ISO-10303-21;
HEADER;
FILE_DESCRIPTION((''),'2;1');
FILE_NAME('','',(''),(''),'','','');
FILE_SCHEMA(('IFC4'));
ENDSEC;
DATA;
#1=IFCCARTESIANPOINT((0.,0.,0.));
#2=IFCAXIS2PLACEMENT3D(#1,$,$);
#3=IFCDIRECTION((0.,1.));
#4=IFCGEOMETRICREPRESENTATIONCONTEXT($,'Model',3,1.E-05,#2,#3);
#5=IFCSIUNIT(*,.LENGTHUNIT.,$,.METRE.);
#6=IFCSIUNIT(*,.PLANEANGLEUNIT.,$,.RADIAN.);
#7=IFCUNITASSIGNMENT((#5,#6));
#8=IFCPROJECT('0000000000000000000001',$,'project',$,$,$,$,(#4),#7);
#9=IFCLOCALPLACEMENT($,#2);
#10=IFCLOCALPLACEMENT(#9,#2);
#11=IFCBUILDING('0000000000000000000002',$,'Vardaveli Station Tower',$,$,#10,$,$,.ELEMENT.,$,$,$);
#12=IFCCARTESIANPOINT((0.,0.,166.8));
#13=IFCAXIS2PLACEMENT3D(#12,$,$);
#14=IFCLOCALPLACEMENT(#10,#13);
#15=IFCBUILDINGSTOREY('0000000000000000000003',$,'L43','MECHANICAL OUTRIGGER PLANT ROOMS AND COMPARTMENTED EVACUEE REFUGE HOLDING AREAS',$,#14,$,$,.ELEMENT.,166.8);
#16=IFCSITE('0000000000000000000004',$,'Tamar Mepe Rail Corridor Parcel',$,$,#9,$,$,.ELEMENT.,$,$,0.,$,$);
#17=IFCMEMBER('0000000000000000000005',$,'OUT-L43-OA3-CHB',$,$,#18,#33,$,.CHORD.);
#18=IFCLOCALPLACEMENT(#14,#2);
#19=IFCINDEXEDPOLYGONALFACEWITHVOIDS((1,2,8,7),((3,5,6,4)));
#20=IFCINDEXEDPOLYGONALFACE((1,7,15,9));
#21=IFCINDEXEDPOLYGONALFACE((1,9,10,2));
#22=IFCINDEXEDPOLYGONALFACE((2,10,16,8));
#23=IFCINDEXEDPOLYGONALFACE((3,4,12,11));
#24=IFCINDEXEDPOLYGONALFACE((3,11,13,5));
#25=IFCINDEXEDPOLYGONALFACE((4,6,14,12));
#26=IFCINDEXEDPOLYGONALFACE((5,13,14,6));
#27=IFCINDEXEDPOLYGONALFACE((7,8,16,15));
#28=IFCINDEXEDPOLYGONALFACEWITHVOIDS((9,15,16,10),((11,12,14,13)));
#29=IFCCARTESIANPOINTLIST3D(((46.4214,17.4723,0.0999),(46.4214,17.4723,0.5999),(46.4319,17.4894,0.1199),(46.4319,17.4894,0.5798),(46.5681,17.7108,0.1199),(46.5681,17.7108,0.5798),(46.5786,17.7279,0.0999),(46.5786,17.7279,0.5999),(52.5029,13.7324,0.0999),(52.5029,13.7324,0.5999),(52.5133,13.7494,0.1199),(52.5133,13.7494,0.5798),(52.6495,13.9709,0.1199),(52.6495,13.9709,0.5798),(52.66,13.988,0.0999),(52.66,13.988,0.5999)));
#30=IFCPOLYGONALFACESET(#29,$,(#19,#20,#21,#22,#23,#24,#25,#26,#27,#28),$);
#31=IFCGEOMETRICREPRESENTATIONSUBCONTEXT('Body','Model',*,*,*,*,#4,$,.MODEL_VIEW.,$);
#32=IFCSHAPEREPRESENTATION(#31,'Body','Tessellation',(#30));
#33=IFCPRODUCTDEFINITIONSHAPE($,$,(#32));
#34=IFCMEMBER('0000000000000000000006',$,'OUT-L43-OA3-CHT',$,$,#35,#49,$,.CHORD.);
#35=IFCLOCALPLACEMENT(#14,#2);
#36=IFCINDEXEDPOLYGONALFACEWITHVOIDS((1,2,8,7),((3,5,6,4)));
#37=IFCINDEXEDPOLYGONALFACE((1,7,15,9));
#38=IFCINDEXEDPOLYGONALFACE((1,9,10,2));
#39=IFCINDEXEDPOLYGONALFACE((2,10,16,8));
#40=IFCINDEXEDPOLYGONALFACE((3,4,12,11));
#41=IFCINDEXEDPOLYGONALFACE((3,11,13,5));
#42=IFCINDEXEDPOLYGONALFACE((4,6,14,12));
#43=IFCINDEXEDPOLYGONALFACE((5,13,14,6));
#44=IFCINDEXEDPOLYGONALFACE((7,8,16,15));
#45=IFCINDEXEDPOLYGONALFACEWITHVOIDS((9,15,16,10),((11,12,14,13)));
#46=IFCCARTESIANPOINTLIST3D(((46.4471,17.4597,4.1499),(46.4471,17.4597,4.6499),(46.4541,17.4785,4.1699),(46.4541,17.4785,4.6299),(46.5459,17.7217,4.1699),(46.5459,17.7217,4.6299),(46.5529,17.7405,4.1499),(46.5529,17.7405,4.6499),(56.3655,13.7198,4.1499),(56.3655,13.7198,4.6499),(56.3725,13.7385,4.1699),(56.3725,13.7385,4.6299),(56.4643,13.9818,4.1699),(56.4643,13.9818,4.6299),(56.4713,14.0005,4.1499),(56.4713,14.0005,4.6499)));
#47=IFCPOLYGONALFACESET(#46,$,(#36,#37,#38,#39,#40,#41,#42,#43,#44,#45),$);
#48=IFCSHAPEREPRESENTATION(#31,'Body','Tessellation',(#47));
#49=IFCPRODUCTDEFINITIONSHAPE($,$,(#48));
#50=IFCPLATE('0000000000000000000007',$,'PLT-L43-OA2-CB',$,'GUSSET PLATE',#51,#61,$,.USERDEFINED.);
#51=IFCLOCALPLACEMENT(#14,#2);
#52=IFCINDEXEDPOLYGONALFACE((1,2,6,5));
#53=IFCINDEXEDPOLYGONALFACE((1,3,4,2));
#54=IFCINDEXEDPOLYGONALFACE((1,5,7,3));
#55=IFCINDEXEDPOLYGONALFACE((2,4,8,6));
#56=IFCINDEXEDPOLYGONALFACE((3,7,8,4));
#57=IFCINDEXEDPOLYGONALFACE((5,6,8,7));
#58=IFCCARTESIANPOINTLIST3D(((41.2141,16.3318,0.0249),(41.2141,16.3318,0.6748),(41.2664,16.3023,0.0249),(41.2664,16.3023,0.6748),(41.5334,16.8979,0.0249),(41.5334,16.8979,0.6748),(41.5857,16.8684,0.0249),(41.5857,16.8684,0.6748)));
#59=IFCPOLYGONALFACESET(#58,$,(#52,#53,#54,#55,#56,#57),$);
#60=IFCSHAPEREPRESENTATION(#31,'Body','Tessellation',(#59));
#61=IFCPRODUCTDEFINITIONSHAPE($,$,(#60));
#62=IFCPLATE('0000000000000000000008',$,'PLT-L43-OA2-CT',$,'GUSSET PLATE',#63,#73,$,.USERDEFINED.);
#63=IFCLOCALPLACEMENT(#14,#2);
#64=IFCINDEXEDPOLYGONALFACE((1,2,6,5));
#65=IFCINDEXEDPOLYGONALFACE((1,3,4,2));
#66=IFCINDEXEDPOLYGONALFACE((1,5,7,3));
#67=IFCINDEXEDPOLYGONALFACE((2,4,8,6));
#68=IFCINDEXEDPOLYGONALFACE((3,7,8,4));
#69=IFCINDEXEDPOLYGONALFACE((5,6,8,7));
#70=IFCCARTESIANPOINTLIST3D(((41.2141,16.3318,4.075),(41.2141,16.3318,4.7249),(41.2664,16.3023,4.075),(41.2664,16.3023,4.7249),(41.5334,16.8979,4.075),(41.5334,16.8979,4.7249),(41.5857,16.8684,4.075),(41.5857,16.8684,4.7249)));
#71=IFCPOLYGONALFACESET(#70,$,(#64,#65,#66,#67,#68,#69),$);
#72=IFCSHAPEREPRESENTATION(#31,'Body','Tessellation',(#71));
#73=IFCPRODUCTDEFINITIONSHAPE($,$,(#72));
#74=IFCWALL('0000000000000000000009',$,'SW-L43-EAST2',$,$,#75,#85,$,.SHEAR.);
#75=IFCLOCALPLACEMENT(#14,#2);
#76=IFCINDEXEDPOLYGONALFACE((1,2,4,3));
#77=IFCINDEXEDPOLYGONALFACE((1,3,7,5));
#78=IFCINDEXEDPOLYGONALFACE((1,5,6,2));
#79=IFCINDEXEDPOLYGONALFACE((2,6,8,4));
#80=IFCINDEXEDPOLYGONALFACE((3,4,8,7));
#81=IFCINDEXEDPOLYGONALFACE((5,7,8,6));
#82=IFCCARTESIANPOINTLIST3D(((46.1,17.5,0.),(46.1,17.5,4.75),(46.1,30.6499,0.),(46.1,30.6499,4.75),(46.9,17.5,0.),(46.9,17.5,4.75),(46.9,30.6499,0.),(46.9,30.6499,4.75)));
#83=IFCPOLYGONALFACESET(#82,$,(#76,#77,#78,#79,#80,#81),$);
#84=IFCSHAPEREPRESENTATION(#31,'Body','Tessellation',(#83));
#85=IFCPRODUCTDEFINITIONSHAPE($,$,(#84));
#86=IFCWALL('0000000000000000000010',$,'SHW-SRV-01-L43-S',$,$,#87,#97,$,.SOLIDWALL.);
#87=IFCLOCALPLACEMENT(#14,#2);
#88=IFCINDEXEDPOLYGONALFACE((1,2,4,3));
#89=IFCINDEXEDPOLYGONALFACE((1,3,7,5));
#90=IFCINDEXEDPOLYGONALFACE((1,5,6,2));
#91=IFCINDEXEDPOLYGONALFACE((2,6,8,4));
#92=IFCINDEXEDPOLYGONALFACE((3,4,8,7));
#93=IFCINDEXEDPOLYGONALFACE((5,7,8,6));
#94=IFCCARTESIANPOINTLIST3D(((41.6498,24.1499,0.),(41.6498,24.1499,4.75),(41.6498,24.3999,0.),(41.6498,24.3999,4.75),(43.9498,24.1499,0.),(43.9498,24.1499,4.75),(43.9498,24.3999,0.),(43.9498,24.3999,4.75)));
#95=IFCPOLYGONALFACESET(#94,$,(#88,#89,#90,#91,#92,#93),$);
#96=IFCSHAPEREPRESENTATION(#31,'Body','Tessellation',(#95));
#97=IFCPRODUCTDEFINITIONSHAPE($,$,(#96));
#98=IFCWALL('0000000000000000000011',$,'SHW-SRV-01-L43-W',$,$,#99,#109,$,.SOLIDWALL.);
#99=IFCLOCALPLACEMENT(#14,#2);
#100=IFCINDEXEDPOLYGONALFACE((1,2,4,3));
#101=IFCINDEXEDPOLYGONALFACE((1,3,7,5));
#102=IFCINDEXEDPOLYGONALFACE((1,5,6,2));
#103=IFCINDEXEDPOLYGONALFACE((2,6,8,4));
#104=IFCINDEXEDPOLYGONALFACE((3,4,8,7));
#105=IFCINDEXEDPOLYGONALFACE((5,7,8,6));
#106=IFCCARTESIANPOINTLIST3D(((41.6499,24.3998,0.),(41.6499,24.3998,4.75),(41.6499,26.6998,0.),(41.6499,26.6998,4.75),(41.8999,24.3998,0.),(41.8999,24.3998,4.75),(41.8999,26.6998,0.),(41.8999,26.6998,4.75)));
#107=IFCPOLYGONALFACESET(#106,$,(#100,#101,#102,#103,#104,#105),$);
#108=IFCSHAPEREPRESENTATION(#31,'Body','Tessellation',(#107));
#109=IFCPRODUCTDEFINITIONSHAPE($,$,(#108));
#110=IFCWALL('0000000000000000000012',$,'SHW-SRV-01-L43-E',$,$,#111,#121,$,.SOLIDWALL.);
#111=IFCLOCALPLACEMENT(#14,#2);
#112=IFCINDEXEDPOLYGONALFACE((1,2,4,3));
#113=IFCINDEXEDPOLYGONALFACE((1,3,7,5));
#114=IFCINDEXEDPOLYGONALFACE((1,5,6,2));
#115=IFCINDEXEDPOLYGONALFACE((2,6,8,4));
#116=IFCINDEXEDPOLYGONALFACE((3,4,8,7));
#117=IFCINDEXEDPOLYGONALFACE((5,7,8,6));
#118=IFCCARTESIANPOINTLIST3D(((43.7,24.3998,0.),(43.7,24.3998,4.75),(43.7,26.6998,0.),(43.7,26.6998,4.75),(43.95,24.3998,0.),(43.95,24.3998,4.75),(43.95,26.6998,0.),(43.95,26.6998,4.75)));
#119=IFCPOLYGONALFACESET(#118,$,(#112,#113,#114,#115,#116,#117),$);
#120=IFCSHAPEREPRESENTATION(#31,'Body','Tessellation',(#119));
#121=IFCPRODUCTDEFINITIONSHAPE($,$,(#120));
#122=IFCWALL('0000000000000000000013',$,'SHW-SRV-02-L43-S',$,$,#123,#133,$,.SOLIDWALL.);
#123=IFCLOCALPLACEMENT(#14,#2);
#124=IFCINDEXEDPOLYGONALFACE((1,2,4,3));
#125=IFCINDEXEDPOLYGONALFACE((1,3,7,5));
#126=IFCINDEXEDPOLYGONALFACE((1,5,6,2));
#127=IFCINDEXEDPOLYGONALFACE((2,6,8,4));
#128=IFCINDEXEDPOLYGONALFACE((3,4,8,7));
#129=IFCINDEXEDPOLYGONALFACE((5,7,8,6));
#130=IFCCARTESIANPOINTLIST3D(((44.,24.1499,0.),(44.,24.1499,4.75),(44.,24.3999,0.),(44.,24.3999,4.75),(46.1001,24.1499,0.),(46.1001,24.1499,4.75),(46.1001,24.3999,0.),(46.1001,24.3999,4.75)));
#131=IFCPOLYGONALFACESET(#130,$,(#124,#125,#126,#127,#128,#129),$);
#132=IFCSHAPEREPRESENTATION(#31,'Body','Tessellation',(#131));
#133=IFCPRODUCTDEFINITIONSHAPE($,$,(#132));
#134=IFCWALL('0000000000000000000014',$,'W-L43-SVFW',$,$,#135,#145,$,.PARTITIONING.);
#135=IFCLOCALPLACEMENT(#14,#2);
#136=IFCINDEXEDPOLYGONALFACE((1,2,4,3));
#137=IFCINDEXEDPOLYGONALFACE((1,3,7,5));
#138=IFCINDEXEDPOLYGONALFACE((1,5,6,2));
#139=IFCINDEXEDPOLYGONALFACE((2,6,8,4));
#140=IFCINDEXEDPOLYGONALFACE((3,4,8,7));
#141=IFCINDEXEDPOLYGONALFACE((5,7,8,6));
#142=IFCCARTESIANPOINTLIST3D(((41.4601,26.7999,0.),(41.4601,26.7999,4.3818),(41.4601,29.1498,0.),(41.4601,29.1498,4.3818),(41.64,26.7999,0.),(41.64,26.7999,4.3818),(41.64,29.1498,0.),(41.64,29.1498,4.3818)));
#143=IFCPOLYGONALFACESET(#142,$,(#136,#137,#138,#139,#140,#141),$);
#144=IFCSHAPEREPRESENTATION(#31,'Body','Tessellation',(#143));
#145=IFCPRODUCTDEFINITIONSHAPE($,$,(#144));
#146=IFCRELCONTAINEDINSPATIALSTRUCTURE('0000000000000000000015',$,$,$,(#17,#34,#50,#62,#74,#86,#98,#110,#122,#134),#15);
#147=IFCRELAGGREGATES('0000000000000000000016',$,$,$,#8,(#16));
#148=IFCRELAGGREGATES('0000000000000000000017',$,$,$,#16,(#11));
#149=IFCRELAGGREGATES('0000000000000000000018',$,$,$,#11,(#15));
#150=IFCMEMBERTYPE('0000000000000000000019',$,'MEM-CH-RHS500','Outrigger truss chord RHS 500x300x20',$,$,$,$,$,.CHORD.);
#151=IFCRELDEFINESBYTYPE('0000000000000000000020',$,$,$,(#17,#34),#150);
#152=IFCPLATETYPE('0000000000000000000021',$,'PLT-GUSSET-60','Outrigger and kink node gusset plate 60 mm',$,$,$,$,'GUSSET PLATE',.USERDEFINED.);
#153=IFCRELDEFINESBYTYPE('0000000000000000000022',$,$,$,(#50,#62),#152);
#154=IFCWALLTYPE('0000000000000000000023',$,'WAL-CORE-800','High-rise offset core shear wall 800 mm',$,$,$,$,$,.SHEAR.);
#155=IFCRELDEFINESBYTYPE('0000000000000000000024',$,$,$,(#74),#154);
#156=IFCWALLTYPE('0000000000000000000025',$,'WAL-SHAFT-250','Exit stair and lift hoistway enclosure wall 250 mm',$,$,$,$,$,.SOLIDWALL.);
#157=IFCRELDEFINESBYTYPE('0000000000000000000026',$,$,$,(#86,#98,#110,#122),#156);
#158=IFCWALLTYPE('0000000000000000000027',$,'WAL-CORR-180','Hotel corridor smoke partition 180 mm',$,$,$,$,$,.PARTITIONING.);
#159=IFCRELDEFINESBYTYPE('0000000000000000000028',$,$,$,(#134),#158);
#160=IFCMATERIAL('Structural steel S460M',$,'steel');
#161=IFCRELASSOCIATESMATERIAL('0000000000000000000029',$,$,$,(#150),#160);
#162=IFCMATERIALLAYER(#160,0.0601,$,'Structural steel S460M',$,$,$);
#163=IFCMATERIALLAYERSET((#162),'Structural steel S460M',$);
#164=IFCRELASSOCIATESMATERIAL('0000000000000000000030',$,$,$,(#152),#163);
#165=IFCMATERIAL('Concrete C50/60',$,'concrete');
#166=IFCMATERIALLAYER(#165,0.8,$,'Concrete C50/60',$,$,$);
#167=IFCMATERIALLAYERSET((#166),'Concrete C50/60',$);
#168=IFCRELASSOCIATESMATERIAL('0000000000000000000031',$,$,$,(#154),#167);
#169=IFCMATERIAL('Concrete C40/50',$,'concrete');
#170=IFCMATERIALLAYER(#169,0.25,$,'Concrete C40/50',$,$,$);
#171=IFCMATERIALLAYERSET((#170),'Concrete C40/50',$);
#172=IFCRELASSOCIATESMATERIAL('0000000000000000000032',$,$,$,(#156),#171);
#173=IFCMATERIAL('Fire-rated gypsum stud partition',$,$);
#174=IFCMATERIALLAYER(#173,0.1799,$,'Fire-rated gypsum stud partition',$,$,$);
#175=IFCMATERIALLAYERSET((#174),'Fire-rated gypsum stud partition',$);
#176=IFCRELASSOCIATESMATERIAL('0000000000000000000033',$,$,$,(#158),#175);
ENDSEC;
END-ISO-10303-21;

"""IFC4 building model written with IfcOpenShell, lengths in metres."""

from ifc_helpers import new_model, si_unit, direction, frame, frame_2d, origin, origin_2d, place, context, subcontext, project, spatial, rectangle, hollow_rectangle, extrude, source, transform, mapped, material, layer, layer_set, material_profile, profile_set, type_object, element, save


model = new_model("IFC4")

# Units and contexts
model_context = context("Model", 3, precision=1e-05, world=origin(), true_north=direction((0.0, 1.0)))
body_context = subcontext(model_context, "Body", "Model", "MODEL_VIEW")
ifc_project = project(units=[si_unit("LENGTHUNIT", "METRE"), si_unit("PLANEANGLEUNIT", "RADIAN")], contexts=[model_context])

# Site, building, storey
site_placement = place(None, origin())
site = spatial("IfcSite", under=ifc_project, at=site_placement, Name="Tamar Mepe Rail Corridor Parcel", CompositionType="ELEMENT", RefElevation=0.0)
building_placement = place(site_placement, origin())
building = spatial("IfcBuilding", under=site, at=building_placement, Name="Vardaveli Station Tower", CompositionType="ELEMENT")
storey_placement = place(building_placement, frame((0.0, 0.0, 166.8)))
storey = spatial("IfcBuildingStorey", under=building, at=storey_placement, Name="L43", Description="MECHANICAL OUTRIGGER PLANT ROOMS AND COMPARTMENTED EVACUEE REFUGE HOLDING AREAS", CompositionType="ELEMENT", Elevation=166.8)

# Shared definitions
ifc_material_1 = material(Name="Structural steel S460M", Category="steel")

# Members
ifc_material_profile_1 = material_profile(ifc_material_1, hollow_rectangle(XDim=0.3, YDim=0.5, WallThickness=0.02, at=origin_2d()), Name="RHS 500x300x20")
ifc_profile_set_1 = profile_set([ifc_material_profile_1], Name="Structural steel S460M")
member_type_1 = type_object("IfcMemberType", Name="MEM-CH-RHS500", Description="Outrigger truss chord RHS 500x300x20", PredefinedType="CHORD", material=ifc_profile_set_1)
shared_shape_1 = source(origin(), body_context, "Body", "SweptSolid", [
    extrude(hollow_rectangle(XDim=0.3, YDim=0.5, WallThickness=0.02, at=origin_2d()), origin(), (0.0, 0.0, 1.0), 7.1394),
])
member_1_placement = place(storey_placement, frame((46.5, 17.6001, 0.3499), z_axis=(0.851814, -0.523844, 0.0), x_axis=(0.523844, 0.851814, 0.0)))
element("IfcMember", 1, at=member_1_placement, inside=storey, type_object=member_type_1, Name="OUT-L43-OA3-CHB", PredefinedType="CHORD", context=body_context, shape_type="MappedRepresentation", body=[
    mapped(shared_shape_1, transform((0.0, 0.0, 0.0), scale=1.0)),
])
shared_shape_2 = source(origin(), body_context, "Body", "SweptSolid", [
    extrude(hollow_rectangle(XDim=0.3, YDim=0.5, WallThickness=0.02, at=origin_2d()), origin(), (0.0, 0.0, 1.0), 10.6001),
])
member_2_placement = place(storey_placement, frame((46.5, 17.6001, 4.3999), z_axis=(0.93569, -0.352824, 0.0), x_axis=(0.352824, 0.93569, 0.0)))
element("IfcMember", 2, at=member_2_placement, inside=storey, type_object=member_type_1, Name="OUT-L43-OA3-CHT", PredefinedType="CHORD", context=body_context, shape_type="MappedRepresentation", body=[
    mapped(shared_shape_2, transform((0.0, 0.0, 0.0), scale=1.0)),
])

# Plates
ifc_layer_1 = layer(ifc_material_1, 0.0601, Name="Structural steel S460M")
ifc_layer_set_1 = layer_set([ifc_layer_1], Name="Structural steel S460M")
plate_type = type_object("IfcPlateType", Name="PLT-GUSSET-60", Description="Outrigger and kink node gusset plate 60 mm", ElementType="GUSSET PLATE", PredefinedType="USERDEFINED", material=ifc_layer_set_1)
shared_shape_3 = source(origin(), body_context, "Body", "SweptSolid", [
    extrude(rectangle(XDim=0.6499, YDim=0.0601, at=origin_2d()), origin(), (0.0, 0.0, 1.0), 0.6499),
])
for number, where, z_axis, x_axis, name in (
    (3, (41.3999, 16.6001, 0.0249), (0.0, 0.0, 1.0), (-0.49136, -0.870957, 0.0), "PLT-L43-OA2-CB"),
    (4, (41.3999, 16.6001, 4.075), (0.0, 0.0, 1.0), (-0.49136, -0.870957, 0.0), "PLT-L43-OA2-CT"),
):
    element("IfcPlate", number, at=place(storey_placement, frame(where, z_axis=z_axis, x_axis=x_axis)), inside=storey, type_object=plate_type, Name=name, ObjectType="GUSSET PLATE", PredefinedType="USERDEFINED", context=body_context, shape_type="MappedRepresentation", body=[
        mapped(shared_shape_3, transform((0.0, 0.0, 0.0), scale=1.0)),
    ])

# Walls
ifc_material_2 = material(Name="Concrete C50/60", Category="concrete")
ifc_layer_2 = layer(ifc_material_2, 0.8, Name="Concrete C50/60")
ifc_layer_set_2 = layer_set([ifc_layer_2], Name="Concrete C50/60")
wall_type_1 = type_object("IfcWallType", Name="WAL-CORE-800", Description="High-rise offset core shear wall 800 mm", PredefinedType="SHEAR", material=ifc_layer_set_2)
shared_shape_4 = source(origin(), body_context, "Body", "SweptSolid", [
    extrude(rectangle(XDim=13.1499, YDim=0.8, at=frame_2d((6.575, 0.0))), origin(), (0.0, 0.0, 1.0), 4.75),
])
wall_1_placement = place(storey_placement, frame((46.5, 17.5, 0.0), z_axis=(0.0, 0.0, 1.0), x_axis=(0.0, 1.0, 0.0)))
element("IfcWall", 5, at=wall_1_placement, inside=storey, type_object=wall_type_1, Name="SW-L43-EAST2", PredefinedType="SHEAR", context=body_context, shape_type="MappedRepresentation", body=[
    mapped(shared_shape_4, transform((0.0, 0.0, 0.0), scale=1.0)),
])
ifc_material_3 = material(Name="Concrete C40/50", Category="concrete")
ifc_layer_3 = layer(ifc_material_3, 0.25, Name="Concrete C40/50")
ifc_layer_set_3 = layer_set([ifc_layer_3], Name="Concrete C40/50")
wall_type_2 = type_object("IfcWallType", Name="WAL-SHAFT-250", Description="Exit stair and lift hoistway enclosure wall 250 mm", PredefinedType="SOLIDWALL", material=ifc_layer_set_3)
shared_shape_5 = source(origin(), body_context, "Body", "SweptSolid", [
    extrude(rectangle(XDim=2.3, YDim=0.25, at=frame_2d((1.1499, 0.0))), origin(), (0.0, 0.0, 1.0), 4.75),
])
for number, where, z_axis, x_axis, name in (
    (6, (41.6499, 24.2749, 0.0), (0.0, 0.0, 1.0), (1.0, 0.0, 0.0), "SHW-SRV-01-L43-S"),
    (7, (41.7749, 24.3999, 0.0), (0.0, 0.0, 1.0), (0.0, 1.0, 0.0), "SHW-SRV-01-L43-W"),
    (8, (43.825, 24.3999, 0.0), (0.0, 0.0, 1.0), (0.0, 1.0, 0.0), "SHW-SRV-01-L43-E"),
):
    element("IfcWall", number, at=place(storey_placement, frame(where, z_axis=z_axis, x_axis=x_axis)), inside=storey, type_object=wall_type_2, Name=name, PredefinedType="SOLIDWALL", context=body_context, shape_type="MappedRepresentation", body=[
        mapped(shared_shape_5, transform((0.0, 0.0, 0.0), scale=1.0)),
    ])
shared_shape_6 = source(origin(), body_context, "Body", "SweptSolid", [
    extrude(rectangle(XDim=2.1001, YDim=0.25, at=frame_2d((1.05, 0.0))), origin(), (0.0, 0.0, 1.0), 4.75),
])
wall_2_placement = place(storey_placement, frame((44.0, 24.2749, 0.0), z_axis=(0.0, 0.0, 1.0), x_axis=(1.0, 0.0, 0.0)))
element("IfcWall", 9, at=wall_2_placement, inside=storey, type_object=wall_type_2, Name="SHW-SRV-02-L43-S", PredefinedType="SOLIDWALL", context=body_context, shape_type="MappedRepresentation", body=[
    mapped(shared_shape_6, transform((0.0, 0.0, 0.0), scale=1.0)),
])
ifc_material_4 = material(Name="Fire-rated gypsum stud partition")
ifc_layer_4 = layer(ifc_material_4, 0.1799, Name="Fire-rated gypsum stud partition")
ifc_layer_set_4 = layer_set([ifc_layer_4], Name="Fire-rated gypsum stud partition")
wall_type_3 = type_object("IfcWallType", Name="WAL-CORR-180", Description="Hotel corridor smoke partition 180 mm", PredefinedType="PARTITIONING", material=ifc_layer_set_4)
shared_shape_7 = source(origin(), body_context, "Body", "SweptSolid", [
    extrude(rectangle(XDim=2.3499, YDim=0.1799, at=frame_2d((1.1748, 0.0))), origin(), (0.0, 0.0, 1.0), 4.3818),
])
wall_3_placement = place(storey_placement, frame((41.55, 26.8, 0.0), z_axis=(0.0, 0.0, 1.0), x_axis=(0.0, 1.0, 0.0)))
element("IfcWall", 10, at=wall_3_placement, inside=storey, type_object=wall_type_3, Name="W-L43-SVFW", PredefinedType="PARTITIONING", context=body_context, shape_type="MappedRepresentation", body=[
    mapped(shared_shape_7, transform((0.0, 0.0, 0.0), scale=1.0)),
])

save(model, "model.ifc")
